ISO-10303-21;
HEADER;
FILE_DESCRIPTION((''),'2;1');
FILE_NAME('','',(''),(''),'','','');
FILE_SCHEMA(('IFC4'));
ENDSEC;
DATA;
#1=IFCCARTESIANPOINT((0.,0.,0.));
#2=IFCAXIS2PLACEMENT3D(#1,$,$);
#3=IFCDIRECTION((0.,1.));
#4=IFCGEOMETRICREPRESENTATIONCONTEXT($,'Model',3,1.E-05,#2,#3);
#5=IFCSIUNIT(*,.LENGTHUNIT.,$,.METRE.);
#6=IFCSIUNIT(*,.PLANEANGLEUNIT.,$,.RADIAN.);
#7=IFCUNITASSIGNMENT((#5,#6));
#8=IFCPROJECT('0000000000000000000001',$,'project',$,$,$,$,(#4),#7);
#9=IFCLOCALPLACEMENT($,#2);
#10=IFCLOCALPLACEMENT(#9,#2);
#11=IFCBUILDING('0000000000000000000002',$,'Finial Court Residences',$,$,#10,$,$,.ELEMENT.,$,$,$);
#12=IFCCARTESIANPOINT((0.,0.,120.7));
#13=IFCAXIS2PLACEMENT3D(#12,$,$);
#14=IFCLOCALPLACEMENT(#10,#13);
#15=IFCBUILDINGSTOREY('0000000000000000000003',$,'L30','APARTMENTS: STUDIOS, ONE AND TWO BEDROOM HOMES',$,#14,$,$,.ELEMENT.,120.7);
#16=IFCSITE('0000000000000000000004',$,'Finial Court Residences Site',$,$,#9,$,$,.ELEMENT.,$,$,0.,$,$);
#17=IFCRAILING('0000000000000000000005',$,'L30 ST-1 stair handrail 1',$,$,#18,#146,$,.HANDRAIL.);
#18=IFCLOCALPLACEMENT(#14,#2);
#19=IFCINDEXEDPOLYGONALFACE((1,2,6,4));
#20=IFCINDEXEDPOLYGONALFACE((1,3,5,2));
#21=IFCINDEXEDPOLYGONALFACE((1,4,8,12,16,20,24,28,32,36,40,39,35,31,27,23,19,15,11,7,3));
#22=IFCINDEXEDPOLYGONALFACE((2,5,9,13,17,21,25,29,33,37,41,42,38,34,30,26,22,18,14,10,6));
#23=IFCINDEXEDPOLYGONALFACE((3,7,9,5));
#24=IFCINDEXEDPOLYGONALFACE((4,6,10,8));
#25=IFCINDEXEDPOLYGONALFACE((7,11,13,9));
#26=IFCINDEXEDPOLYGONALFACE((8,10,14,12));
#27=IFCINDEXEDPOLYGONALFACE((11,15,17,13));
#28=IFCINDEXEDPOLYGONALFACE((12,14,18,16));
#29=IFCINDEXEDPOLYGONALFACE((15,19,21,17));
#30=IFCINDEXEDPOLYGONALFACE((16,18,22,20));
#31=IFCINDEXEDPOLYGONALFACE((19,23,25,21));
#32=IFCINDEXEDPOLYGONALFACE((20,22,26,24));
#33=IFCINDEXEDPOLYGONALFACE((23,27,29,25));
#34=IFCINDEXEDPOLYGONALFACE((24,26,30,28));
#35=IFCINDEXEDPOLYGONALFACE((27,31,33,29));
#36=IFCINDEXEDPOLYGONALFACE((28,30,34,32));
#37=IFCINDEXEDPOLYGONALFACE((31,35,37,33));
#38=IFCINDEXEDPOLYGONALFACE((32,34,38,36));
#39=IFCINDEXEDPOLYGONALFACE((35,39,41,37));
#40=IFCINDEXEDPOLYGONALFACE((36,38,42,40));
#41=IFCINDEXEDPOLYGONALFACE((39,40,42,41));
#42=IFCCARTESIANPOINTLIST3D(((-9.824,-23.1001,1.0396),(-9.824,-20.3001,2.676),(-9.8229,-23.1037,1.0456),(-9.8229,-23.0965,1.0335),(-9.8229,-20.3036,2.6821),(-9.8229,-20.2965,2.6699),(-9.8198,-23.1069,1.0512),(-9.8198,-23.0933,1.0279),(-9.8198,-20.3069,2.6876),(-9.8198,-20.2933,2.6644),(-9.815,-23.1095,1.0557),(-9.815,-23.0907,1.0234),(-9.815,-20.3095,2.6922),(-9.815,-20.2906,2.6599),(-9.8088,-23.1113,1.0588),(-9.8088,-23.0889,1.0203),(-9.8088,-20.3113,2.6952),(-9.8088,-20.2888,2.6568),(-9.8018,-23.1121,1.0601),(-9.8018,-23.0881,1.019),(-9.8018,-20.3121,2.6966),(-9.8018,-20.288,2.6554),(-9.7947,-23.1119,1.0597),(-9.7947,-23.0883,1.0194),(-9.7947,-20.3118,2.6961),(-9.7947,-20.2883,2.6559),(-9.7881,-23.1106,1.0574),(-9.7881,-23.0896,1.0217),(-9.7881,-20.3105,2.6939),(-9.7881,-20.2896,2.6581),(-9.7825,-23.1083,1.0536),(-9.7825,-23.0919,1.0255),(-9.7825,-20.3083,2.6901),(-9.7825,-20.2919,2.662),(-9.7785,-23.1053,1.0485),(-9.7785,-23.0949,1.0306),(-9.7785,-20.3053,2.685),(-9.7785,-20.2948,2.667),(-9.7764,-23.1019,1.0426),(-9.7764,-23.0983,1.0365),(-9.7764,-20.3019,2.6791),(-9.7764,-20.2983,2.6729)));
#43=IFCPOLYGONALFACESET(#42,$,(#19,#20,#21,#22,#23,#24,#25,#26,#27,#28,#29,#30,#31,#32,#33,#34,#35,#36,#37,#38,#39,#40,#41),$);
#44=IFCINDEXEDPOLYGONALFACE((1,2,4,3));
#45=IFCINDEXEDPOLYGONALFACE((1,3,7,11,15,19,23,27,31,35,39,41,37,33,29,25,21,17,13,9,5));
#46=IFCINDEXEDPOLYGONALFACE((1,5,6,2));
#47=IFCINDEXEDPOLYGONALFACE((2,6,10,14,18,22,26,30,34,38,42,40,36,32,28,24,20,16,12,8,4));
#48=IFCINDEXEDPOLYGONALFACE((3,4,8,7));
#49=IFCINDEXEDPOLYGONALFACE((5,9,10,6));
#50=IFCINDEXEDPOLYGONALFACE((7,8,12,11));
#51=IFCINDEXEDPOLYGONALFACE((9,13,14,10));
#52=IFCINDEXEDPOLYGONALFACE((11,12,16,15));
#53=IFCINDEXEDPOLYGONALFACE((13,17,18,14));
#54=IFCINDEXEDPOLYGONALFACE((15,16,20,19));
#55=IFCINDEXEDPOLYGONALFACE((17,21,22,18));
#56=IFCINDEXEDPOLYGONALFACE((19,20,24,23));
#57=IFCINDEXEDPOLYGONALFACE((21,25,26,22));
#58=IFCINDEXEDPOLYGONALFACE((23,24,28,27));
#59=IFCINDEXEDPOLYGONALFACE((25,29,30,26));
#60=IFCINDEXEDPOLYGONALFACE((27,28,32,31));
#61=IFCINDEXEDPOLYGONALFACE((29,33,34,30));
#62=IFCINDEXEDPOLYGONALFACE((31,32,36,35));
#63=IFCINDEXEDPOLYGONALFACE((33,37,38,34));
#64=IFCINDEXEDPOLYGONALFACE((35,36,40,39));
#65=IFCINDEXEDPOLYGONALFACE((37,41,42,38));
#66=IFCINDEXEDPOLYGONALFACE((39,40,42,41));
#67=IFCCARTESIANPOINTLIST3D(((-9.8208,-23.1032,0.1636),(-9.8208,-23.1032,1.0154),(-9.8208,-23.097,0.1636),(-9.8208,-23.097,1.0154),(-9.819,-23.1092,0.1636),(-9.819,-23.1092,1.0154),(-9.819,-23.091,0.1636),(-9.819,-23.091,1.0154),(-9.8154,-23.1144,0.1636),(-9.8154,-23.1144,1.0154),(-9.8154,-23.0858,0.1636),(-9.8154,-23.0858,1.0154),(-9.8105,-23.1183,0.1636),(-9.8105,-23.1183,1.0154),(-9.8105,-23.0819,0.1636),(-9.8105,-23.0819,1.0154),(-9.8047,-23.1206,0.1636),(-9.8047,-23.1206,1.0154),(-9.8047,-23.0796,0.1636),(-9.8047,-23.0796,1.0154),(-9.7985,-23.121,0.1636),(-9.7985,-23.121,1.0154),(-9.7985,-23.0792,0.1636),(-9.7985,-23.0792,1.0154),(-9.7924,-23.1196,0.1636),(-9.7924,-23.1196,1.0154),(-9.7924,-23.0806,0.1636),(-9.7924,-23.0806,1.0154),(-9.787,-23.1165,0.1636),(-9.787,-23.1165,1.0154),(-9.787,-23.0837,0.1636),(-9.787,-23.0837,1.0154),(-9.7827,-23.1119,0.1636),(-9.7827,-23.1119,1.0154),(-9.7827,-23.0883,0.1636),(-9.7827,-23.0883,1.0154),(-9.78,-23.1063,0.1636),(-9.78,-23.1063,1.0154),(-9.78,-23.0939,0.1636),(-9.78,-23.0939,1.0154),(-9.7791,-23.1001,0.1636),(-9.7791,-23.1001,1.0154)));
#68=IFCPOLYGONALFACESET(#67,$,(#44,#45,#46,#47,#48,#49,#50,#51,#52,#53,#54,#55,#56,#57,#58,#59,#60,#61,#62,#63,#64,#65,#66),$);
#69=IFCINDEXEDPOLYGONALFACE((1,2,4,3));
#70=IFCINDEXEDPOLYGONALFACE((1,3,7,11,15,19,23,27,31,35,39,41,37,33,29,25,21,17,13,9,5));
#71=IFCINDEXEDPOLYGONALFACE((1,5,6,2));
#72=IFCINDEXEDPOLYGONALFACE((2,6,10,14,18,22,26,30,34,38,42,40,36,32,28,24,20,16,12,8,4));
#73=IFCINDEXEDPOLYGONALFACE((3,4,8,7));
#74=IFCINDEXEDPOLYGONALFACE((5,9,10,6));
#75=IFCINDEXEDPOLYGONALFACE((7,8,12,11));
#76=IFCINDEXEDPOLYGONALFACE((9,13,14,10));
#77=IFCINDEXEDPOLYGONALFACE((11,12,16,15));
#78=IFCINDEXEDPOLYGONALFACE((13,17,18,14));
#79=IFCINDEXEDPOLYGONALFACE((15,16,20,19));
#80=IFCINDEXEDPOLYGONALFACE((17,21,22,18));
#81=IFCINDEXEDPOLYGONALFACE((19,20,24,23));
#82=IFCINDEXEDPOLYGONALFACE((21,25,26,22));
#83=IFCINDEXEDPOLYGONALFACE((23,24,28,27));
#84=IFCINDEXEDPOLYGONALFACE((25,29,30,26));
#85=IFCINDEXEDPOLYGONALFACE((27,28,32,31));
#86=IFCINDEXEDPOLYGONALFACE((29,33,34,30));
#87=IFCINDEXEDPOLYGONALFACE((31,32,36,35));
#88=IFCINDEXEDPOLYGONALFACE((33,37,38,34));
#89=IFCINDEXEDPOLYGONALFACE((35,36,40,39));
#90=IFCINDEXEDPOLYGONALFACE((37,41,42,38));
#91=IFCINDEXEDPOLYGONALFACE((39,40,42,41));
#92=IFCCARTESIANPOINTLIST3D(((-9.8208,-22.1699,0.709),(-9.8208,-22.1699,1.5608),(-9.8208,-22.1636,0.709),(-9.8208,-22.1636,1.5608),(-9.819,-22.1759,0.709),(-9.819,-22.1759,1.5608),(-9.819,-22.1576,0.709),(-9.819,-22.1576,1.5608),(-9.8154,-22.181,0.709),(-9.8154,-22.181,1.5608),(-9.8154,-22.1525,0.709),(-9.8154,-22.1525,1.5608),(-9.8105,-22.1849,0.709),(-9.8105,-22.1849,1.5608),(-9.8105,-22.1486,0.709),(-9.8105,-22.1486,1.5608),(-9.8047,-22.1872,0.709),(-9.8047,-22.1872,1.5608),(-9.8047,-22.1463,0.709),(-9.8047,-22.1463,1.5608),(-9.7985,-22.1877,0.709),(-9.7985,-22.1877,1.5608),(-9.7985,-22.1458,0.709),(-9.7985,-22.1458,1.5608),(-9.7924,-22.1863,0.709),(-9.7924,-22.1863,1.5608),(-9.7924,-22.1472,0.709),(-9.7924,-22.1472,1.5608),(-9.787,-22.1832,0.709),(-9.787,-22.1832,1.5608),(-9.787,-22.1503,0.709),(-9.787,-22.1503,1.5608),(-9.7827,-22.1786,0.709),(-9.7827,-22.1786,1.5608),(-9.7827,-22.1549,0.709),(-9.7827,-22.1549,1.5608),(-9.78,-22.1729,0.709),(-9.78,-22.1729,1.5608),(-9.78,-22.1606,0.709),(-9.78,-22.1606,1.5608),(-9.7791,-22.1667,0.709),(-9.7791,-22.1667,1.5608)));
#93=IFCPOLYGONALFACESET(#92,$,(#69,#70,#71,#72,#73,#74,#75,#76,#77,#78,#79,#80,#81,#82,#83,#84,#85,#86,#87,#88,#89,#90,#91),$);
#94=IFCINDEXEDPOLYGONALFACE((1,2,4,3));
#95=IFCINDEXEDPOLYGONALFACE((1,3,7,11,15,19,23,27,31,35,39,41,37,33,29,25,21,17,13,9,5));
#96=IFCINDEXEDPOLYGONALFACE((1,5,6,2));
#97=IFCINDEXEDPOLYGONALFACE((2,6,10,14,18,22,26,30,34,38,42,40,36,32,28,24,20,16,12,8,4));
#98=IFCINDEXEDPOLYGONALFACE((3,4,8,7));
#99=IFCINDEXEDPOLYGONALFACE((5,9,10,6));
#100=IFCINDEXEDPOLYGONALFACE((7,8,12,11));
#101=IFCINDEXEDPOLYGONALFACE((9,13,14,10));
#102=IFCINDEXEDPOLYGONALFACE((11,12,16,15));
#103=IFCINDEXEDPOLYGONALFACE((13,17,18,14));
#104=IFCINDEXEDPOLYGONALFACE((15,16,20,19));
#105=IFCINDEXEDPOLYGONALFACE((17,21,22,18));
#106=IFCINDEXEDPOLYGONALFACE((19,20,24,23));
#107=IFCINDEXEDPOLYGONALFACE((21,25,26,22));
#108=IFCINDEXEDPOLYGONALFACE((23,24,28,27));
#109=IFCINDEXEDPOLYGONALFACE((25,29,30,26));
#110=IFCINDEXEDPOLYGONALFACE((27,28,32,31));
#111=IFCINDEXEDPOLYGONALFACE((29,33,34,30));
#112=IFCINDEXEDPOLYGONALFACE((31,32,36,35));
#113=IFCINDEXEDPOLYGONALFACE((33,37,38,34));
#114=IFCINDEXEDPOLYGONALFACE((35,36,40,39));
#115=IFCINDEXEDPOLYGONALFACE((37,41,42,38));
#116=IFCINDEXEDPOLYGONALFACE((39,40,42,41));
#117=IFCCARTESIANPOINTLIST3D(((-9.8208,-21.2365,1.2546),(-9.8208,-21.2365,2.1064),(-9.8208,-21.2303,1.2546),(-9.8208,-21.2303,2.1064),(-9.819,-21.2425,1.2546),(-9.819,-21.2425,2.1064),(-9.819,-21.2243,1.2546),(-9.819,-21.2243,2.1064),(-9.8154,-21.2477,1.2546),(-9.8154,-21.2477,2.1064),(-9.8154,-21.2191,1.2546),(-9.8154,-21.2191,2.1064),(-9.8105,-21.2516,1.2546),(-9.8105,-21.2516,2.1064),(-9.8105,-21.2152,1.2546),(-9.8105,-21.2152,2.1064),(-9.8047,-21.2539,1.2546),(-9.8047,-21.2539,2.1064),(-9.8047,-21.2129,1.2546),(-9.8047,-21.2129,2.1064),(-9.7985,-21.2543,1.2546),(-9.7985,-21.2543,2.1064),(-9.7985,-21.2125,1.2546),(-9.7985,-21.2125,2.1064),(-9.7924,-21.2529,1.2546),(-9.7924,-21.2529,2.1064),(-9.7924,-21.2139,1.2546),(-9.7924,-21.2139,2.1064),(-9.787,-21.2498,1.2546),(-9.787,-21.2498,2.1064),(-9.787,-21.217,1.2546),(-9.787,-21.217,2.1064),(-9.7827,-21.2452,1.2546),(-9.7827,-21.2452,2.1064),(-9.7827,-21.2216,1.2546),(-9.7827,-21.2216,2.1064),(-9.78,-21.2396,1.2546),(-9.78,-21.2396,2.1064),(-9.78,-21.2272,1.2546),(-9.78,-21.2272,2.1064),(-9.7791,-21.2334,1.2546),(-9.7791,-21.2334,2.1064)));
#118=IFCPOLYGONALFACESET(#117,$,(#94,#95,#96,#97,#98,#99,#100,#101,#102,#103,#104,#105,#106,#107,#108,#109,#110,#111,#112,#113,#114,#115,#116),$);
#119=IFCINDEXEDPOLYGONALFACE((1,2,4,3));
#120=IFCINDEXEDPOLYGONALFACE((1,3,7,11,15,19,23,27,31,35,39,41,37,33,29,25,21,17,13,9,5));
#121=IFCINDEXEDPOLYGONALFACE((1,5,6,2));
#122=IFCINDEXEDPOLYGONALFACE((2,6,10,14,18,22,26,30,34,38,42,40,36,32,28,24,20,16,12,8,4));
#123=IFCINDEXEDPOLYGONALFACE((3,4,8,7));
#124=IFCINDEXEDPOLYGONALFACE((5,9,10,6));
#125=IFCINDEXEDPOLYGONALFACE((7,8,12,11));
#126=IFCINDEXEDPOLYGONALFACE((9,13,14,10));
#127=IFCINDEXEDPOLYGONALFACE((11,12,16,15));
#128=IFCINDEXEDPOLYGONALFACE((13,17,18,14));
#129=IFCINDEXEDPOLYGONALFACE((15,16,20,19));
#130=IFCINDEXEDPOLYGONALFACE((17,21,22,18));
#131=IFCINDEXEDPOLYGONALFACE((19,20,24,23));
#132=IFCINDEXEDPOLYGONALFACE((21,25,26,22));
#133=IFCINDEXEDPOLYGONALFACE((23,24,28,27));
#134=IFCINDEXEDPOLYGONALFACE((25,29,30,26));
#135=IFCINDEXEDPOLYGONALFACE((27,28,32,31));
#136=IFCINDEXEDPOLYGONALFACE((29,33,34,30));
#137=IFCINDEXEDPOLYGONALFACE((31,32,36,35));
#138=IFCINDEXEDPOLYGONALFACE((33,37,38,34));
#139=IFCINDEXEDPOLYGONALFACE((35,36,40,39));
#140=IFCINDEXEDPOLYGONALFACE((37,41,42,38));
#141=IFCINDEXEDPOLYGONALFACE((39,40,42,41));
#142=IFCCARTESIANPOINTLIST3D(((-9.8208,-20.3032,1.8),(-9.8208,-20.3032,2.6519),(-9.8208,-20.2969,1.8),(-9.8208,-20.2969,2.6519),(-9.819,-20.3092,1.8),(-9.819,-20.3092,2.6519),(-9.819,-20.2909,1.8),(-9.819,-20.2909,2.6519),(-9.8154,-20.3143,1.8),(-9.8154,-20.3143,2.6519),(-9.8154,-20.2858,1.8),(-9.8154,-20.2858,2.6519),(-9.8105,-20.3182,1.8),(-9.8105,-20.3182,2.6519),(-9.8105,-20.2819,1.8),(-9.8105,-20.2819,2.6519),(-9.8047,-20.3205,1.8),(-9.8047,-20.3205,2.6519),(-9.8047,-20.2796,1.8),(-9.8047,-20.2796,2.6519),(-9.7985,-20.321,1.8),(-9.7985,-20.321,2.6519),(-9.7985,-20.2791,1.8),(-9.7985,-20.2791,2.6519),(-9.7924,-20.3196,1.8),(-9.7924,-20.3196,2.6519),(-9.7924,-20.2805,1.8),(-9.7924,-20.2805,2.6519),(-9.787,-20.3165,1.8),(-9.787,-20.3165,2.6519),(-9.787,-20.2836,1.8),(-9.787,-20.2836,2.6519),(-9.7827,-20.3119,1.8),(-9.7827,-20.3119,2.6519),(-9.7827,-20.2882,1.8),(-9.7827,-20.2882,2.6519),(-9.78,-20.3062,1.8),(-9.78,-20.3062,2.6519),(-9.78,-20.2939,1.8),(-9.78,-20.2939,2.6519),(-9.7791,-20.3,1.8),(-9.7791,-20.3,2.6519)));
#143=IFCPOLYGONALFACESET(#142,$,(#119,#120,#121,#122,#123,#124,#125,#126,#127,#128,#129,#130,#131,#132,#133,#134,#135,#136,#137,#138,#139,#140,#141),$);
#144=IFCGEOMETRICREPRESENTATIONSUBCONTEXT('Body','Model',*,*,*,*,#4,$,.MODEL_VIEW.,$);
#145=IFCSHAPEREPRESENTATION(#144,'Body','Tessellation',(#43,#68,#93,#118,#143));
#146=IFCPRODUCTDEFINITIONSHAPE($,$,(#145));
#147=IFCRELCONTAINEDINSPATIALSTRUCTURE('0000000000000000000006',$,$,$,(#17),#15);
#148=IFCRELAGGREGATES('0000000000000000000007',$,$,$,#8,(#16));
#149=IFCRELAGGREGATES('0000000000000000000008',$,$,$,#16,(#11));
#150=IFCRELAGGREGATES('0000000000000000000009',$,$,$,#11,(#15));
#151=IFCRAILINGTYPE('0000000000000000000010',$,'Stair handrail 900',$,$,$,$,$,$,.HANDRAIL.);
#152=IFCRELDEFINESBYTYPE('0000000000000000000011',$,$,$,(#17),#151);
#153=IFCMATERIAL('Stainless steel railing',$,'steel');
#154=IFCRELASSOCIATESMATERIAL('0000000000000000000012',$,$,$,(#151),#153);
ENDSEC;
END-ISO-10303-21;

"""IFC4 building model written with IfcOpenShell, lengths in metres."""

from ifc_helpers import new_model, si_unit, direction, frame, origin, origin_2d, place, context, subcontext, project, spatial, circle, extrude, material, type_object, element, save


model = new_model("IFC4")

# Units and contexts
model_context = context("Model", 3, precision=1e-05, world=origin(), true_north=direction((0.0, 1.0)))
body_context = subcontext(model_context, "Body", "Model", "MODEL_VIEW")
ifc_project = project(units=[si_unit("LENGTHUNIT", "METRE"), si_unit("PLANEANGLEUNIT", "RADIAN")], contexts=[model_context])

# Site, building, storey
site_placement = place(None, origin())
site = spatial("IfcSite", under=ifc_project, at=site_placement, Name="Finial Court Residences Site", CompositionType="ELEMENT", RefElevation=0.0)
building_placement = place(site_placement, origin())
building = spatial("IfcBuilding", under=site, at=building_placement, Name="Finial Court Residences", CompositionType="ELEMENT")
storey_placement = place(building_placement, frame((0.0, 0.0, 120.7)))
storey = spatial("IfcBuildingStorey", under=building, at=storey_placement, Name="L30", Description="APARTMENTS: STUDIOS, ONE AND TWO BEDROOM HOMES", CompositionType="ELEMENT", Elevation=120.7)

# Railing
ifc_material_1 = material(Name="Stainless steel railing", Category="steel")
railing_type = type_object("IfcRailingType", Name="Stair handrail 900", PredefinedType="HANDRAIL", material=ifc_material_1)
railing_placement = place(storey_placement, frame((-9.8, -23.1001, 0.1636)))
element("IfcRailing", 1, at=railing_placement, inside=storey, type_object=railing_type, Name="L30 ST-1 stair handrail 1", PredefinedType="HANDRAIL", context=body_context, shape_type="SweptSolid", body=[
    extrude(circle(Radius=0.0239, at=origin_2d()), frame((0.0, 0.0, 0.876), z_axis=(0.0, 0.863361, 0.504587), x_axis=(-1.0, 0.0, 0.0)), (0.0, 0.0, 1.0), 3.2432),
    extrude(circle(Radius=0.021, at=origin_2d()), origin(), (0.0, 0.0, 1.0), 0.8518),
    extrude(circle(Radius=0.021, at=origin_2d()), frame((0.0, 0.9333, 0.5454)), (0.0, 0.0, 1.0), 0.8518),
    extrude(circle(Radius=0.021, at=origin_2d()), frame((0.0, 1.8667, 1.0911)), (0.0, 0.0, 1.0), 0.8518),
    extrude(circle(Radius=0.021, at=origin_2d()), frame((0.0, 2.8, 1.6365)), (0.0, 0.0, 1.0), 0.8518),
])

save(model, "model.ifc")
